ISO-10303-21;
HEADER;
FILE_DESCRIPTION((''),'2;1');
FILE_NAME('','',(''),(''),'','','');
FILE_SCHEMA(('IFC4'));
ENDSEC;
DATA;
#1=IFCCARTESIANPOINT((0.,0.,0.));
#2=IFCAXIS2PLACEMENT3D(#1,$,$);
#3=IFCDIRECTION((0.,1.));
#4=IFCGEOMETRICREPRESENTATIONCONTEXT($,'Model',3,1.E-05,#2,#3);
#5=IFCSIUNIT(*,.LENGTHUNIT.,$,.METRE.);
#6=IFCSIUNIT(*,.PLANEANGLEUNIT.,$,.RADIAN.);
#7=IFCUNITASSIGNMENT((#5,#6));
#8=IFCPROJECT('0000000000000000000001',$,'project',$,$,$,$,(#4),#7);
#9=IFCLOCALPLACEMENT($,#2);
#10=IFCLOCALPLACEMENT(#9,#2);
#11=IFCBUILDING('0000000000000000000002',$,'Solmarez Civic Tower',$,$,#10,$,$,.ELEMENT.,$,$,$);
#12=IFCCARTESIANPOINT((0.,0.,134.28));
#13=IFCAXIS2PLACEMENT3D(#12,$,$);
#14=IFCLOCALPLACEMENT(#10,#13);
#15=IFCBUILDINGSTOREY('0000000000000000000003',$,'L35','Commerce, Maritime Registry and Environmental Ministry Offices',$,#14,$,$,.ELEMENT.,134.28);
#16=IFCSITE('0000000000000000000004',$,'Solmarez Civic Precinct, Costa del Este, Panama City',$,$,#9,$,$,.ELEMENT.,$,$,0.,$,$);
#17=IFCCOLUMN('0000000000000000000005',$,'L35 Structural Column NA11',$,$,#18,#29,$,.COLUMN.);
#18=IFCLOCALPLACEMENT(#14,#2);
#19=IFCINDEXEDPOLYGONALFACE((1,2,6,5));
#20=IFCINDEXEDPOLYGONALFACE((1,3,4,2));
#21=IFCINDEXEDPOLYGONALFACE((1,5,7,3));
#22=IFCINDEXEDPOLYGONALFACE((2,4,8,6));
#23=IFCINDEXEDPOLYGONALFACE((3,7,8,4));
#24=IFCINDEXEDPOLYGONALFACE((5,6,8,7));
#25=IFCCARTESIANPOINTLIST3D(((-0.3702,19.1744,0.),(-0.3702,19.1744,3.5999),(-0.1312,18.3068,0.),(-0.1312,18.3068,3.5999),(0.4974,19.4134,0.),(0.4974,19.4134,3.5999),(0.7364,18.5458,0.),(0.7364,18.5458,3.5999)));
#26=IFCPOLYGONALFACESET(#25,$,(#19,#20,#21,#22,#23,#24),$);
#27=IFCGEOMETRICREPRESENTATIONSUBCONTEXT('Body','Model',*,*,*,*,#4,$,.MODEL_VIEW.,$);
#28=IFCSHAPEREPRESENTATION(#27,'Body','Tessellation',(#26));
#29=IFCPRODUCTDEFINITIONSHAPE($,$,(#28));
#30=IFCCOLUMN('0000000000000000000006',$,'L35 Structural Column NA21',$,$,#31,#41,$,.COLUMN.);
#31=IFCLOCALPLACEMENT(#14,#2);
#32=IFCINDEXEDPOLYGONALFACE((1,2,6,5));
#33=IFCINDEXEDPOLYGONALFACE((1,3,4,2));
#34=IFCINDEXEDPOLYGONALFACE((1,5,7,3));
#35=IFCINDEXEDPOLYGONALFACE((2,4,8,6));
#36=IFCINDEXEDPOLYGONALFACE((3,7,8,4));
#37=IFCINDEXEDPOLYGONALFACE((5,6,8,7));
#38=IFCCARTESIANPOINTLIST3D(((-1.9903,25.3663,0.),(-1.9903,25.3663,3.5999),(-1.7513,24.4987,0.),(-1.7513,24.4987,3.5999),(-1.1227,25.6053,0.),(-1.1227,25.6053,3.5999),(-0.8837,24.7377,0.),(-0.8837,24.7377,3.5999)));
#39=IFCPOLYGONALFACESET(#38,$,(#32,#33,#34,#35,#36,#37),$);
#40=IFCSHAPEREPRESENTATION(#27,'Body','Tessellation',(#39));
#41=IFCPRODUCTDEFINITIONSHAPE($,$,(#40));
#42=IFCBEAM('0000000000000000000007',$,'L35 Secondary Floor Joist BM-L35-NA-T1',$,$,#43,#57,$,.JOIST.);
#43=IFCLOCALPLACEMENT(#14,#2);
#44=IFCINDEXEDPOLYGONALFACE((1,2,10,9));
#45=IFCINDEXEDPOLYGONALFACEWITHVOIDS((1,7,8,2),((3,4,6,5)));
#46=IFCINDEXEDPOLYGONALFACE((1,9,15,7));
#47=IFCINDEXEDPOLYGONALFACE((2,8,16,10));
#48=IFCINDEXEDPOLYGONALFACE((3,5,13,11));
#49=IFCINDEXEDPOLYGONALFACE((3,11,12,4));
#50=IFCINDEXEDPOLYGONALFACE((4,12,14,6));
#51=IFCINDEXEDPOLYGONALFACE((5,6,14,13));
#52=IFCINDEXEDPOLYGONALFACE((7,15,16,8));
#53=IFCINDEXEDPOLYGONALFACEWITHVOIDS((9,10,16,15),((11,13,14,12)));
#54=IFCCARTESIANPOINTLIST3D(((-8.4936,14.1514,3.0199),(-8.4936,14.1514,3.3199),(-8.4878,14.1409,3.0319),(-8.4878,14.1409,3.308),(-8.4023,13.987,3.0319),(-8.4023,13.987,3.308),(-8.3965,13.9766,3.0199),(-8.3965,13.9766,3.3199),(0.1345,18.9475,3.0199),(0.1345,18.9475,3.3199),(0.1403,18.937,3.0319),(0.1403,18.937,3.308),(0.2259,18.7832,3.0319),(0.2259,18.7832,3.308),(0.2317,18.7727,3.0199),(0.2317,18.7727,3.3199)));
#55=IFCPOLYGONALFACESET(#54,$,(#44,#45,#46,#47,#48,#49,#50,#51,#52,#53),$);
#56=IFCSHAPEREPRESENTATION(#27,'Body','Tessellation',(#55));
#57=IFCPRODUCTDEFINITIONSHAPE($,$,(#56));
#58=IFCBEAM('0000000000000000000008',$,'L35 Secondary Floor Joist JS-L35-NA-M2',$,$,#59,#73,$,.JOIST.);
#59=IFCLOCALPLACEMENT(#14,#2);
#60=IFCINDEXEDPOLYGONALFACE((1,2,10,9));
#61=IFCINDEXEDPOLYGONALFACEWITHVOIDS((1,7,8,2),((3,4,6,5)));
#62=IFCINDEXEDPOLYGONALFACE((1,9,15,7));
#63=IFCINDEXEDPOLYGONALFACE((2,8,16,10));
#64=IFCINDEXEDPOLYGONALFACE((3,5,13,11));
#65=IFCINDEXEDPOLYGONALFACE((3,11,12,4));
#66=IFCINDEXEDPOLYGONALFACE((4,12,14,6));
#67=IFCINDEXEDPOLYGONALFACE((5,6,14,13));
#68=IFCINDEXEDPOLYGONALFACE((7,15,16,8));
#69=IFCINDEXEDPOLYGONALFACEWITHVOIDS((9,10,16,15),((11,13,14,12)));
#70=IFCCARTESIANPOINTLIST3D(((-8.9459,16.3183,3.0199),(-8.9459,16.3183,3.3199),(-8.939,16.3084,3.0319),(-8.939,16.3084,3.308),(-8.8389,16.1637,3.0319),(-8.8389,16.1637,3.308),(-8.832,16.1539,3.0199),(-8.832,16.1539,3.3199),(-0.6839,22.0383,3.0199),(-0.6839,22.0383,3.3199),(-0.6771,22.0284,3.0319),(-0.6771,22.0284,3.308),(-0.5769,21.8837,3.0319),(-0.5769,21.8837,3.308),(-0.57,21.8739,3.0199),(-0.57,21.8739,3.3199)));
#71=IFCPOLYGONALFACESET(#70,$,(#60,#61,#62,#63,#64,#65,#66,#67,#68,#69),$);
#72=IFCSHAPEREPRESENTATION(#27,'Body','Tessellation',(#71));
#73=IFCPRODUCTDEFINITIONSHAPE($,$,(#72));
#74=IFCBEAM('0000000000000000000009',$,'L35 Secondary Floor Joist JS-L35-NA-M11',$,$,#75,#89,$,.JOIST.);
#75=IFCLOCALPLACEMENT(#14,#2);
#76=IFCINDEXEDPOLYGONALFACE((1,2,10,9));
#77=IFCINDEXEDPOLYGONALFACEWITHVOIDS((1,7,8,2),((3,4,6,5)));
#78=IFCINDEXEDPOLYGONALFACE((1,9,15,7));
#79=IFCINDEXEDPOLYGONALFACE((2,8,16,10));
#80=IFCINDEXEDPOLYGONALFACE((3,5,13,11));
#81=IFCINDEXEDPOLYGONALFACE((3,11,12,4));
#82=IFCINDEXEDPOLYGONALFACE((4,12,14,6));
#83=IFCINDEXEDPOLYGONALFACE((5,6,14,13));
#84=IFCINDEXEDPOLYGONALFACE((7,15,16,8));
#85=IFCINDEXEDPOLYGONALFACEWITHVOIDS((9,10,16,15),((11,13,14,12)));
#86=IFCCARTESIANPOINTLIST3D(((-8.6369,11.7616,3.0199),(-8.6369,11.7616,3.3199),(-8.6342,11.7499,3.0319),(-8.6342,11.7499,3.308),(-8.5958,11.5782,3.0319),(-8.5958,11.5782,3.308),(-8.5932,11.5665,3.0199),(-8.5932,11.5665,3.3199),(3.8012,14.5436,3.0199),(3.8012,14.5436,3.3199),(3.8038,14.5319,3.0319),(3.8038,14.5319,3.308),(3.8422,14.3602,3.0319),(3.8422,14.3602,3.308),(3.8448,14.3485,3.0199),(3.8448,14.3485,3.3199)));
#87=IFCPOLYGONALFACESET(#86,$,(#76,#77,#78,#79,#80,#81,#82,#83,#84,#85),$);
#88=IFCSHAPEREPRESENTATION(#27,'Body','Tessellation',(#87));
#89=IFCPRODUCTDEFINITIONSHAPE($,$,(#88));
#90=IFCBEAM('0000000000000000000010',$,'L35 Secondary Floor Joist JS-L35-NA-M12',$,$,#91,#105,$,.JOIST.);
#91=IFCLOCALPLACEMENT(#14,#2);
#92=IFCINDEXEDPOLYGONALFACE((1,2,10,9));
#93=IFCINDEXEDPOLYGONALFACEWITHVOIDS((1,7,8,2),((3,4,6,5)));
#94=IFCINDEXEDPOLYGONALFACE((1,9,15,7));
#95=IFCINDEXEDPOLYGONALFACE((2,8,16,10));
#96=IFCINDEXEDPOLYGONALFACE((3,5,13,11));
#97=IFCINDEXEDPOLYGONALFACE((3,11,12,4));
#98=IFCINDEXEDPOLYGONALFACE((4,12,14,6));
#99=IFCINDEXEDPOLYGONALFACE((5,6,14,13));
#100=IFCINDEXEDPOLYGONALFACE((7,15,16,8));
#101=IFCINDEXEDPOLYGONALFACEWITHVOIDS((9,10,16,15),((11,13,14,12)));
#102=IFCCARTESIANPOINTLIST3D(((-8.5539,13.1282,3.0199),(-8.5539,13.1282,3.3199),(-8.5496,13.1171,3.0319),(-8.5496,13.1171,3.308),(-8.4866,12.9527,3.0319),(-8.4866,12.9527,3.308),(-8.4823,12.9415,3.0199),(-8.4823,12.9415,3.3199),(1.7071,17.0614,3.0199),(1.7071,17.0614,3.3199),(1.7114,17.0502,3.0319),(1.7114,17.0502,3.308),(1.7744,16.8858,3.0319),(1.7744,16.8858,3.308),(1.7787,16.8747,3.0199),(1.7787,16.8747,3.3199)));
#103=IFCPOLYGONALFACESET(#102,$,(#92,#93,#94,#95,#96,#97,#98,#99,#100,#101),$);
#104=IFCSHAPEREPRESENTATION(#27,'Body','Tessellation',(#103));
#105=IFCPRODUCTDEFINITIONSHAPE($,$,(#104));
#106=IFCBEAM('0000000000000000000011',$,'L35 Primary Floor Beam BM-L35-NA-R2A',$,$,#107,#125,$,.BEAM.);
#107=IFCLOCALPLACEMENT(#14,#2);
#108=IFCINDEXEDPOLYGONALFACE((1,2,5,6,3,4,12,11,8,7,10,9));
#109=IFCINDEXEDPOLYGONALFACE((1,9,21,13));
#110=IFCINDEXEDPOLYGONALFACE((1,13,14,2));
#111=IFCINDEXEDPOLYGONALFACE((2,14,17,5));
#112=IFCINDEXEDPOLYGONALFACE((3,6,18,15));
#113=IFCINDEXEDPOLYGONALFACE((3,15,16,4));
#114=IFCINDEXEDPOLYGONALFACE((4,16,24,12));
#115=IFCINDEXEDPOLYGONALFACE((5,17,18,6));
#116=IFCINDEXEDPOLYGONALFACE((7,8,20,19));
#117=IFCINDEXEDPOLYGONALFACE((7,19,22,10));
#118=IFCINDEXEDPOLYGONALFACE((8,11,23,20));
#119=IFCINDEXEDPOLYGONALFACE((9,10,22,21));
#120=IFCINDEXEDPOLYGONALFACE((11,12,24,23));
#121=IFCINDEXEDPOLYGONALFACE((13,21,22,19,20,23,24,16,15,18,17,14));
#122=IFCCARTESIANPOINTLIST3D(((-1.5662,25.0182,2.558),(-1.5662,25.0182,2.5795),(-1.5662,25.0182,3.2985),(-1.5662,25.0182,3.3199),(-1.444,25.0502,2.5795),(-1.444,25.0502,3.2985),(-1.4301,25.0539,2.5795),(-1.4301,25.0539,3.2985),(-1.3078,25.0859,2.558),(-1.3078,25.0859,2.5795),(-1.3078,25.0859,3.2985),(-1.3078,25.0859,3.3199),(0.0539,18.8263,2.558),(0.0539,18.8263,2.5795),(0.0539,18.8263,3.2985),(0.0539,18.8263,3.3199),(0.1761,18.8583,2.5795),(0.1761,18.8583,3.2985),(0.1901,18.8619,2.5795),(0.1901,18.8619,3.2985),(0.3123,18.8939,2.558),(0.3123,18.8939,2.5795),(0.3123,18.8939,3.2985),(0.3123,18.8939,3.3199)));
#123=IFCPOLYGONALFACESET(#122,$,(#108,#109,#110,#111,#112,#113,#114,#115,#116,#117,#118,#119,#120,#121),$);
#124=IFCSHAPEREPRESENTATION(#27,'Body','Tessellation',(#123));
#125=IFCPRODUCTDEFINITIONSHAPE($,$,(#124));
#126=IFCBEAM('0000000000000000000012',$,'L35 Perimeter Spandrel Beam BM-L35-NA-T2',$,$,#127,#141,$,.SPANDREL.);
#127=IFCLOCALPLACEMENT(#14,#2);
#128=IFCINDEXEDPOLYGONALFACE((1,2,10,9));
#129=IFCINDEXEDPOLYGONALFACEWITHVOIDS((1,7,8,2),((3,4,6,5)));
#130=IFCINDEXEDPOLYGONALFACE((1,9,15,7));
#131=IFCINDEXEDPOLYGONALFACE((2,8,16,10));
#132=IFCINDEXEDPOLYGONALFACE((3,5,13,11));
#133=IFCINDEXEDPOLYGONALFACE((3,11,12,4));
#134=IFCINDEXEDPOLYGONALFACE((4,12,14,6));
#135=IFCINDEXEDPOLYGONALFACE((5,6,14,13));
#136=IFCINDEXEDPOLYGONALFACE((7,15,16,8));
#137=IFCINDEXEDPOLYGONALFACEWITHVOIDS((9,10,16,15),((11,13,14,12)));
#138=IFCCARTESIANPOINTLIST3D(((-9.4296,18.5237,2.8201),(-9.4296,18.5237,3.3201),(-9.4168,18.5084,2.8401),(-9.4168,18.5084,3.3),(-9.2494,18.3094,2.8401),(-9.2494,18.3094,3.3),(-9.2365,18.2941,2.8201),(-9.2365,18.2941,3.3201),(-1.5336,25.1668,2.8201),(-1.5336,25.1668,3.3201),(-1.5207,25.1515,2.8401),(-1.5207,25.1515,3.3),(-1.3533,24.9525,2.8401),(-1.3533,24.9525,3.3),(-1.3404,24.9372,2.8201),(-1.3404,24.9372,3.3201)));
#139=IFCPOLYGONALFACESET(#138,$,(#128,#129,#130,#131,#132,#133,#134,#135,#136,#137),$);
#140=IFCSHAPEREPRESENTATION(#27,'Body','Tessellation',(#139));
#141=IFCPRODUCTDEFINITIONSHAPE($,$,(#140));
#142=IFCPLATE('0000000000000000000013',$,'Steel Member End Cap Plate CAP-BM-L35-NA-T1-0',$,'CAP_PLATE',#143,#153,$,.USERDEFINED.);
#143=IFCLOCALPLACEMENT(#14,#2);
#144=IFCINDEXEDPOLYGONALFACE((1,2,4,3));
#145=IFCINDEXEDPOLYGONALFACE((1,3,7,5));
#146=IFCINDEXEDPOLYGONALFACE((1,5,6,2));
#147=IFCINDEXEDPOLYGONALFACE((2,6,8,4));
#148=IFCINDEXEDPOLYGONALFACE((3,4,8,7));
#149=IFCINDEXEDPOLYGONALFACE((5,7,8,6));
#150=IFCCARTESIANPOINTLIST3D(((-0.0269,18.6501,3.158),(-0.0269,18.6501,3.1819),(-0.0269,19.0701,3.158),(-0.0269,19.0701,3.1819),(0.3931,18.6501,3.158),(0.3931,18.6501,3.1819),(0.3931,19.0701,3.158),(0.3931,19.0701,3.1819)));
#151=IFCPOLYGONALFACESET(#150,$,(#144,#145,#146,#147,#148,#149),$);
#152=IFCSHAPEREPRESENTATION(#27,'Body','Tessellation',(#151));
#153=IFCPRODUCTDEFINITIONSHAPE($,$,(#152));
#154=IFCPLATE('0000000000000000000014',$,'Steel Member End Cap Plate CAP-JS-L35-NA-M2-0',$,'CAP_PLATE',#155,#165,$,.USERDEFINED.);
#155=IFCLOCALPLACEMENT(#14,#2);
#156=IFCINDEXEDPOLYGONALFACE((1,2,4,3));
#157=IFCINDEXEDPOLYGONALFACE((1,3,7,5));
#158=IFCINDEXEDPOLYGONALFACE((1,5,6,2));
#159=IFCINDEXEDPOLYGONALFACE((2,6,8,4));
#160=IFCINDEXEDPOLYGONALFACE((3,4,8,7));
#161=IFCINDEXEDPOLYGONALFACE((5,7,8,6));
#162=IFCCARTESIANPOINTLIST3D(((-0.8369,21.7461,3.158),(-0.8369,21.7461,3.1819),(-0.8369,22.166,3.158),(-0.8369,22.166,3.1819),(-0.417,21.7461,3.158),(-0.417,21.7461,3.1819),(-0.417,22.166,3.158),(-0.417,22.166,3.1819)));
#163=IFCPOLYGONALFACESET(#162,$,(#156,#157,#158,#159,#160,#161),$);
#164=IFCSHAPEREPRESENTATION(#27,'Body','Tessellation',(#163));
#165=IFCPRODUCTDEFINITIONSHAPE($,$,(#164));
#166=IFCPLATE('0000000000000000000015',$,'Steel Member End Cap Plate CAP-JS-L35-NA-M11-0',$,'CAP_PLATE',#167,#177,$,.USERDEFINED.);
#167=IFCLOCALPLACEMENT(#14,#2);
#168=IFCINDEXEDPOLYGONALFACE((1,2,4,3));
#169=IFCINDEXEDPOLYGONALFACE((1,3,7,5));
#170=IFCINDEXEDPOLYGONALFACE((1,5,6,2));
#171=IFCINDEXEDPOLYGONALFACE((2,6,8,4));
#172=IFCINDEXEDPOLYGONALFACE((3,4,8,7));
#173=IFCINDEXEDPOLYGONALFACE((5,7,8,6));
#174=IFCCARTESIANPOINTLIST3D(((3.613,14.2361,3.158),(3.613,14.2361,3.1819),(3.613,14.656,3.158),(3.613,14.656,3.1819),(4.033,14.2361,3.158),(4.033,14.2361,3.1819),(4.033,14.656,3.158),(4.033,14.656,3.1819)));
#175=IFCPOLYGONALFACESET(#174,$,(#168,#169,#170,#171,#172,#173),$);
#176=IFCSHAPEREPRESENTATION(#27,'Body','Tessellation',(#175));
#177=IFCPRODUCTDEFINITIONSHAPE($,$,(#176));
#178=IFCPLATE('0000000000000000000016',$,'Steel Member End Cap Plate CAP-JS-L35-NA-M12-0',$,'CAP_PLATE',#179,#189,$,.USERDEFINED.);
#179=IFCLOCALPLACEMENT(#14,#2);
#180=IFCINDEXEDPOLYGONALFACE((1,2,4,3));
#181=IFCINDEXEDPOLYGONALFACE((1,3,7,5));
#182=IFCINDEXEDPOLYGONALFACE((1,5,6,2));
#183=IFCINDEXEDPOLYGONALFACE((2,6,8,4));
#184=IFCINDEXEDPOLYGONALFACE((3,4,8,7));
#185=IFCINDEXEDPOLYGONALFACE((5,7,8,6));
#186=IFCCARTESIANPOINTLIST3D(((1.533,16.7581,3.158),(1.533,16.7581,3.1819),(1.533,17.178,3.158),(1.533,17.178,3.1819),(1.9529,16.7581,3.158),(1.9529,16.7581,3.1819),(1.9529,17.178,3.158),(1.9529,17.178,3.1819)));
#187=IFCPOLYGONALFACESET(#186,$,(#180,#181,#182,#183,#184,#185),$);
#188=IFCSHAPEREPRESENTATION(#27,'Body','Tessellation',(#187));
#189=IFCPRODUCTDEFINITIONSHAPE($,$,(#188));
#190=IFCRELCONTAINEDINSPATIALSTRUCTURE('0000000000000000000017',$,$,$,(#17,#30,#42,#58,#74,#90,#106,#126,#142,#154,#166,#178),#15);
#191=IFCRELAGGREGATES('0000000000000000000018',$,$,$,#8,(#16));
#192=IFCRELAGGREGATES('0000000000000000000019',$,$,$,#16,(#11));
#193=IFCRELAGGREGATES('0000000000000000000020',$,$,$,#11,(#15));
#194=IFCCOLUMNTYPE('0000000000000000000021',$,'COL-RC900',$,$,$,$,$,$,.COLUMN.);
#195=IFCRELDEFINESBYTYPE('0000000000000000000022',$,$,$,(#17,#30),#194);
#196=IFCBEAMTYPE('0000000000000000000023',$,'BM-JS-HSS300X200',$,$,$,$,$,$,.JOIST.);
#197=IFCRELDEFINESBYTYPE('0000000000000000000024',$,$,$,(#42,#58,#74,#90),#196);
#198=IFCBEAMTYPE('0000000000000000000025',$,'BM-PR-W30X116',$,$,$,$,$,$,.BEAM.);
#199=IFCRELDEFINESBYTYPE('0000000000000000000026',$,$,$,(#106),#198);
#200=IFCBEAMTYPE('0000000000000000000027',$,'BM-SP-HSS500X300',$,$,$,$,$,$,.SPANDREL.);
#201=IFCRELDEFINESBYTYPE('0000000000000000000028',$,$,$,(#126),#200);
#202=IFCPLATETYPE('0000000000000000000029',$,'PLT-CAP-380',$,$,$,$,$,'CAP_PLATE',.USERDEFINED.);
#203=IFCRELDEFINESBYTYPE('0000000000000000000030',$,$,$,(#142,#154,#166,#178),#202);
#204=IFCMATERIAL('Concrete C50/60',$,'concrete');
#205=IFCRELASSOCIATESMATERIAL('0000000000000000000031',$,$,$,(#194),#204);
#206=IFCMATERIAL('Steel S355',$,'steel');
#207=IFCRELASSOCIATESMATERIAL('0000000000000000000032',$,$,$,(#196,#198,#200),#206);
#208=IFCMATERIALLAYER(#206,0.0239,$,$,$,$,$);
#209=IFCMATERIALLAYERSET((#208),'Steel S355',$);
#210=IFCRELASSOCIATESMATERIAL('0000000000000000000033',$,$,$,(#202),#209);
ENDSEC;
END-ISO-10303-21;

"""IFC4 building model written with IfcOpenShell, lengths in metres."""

from ifc_helpers import new_model, si_unit, direction, frame, origin, origin_2d, place, context, subcontext, project, spatial, rectangle, hollow_rectangle, i_section, extrude, material, layer, layer_set, material_profile, profile_set, type_object, element, save


model = new_model("IFC4")

# Units and contexts
model_context = context("Model", 3, precision=1e-05, world=origin(), true_north=direction((0.0, 1.0)))
body_context = subcontext(model_context, "Body", "Model", "MODEL_VIEW")
ifc_project = project(units=[si_unit("LENGTHUNIT", "METRE"), si_unit("PLANEANGLEUNIT", "RADIAN")], contexts=[model_context])

# Site, building, storey
site_placement = place(None, origin())
site = spatial("IfcSite", under=ifc_project, at=site_placement, Name="Solmarez Civic Precinct, Costa del Este, Panama City", CompositionType="ELEMENT", RefElevation=0.0)
building_placement = place(site_placement, origin())
building = spatial("IfcBuilding", under=site, at=building_placement, Name="Solmarez Civic Tower", CompositionType="ELEMENT")
storey_placement = place(building_placement, frame((0.0, 0.0, 134.28)))
storey = spatial("IfcBuildingStorey", under=building, at=storey_placement, Name="L35", Description="Commerce, Maritime Registry and Environmental Ministry Offices", CompositionType="ELEMENT", Elevation=134.28)

# Columns
ifc_material_1 = material(Name="Concrete C50/60", Category="concrete")
ifc_material_profile_1 = material_profile(ifc_material_1, rectangle(XDim=0.8999, YDim=0.8999, at=origin_2d()), Name="RC900X900")
ifc_profile_set_1 = profile_set([ifc_material_profile_1], Name="Concrete C50/60")
column_type = type_object("IfcColumnType", Name="COL-RC900", PredefinedType="COLUMN", material=ifc_profile_set_1)
for number, where, z_axis, x_axis, name in (
    (1, (0.1831, 18.8601, 0.0), (0.0, 0.0, 1.0), (0.964095, 0.265556, 0.0), "L35 Structural Column NA11"),
    (2, (-1.437, 25.052, 0.0), (0.0, 0.0, 1.0), (0.964095, 0.265556, 0.0), "L35 Structural Column NA21"),
):
    element("IfcColumn", number, at=place(storey_placement, frame(where, z_axis=z_axis, x_axis=x_axis)), inside=storey, type_object=column_type, Name=name, PredefinedType="COLUMN", context=body_context, shape_type="SweptSolid", body=[
        extrude(rectangle(XDim=0.8999, YDim=0.8999, at=origin_2d()), origin(), (0.0, 0.0, 1.0), 3.5999),
    ])

# Beams
ifc_material_2 = material(Name="Steel S355", Category="steel")
ifc_material_profile_2 = material_profile(ifc_material_2, hollow_rectangle(XDim=0.2, YDim=0.3, WallThickness=0.012, at=origin_2d()), Name="HSS300X200X12")
ifc_profile_set_2 = profile_set([ifc_material_profile_2], Name="Steel S355")
beam_type_1 = type_object("IfcBeamType", Name="BM-JS-HSS300X200", PredefinedType="JOIST", material=ifc_profile_set_2)
beam_1_placement = place(storey_placement, frame((0.1831, 18.8601, 3.1699), z_axis=(-0.874041, -0.485853, 0.0), x_axis=(0.485853, -0.874041, 0.0)))
element("IfcBeam", 3, at=beam_1_placement, inside=storey, type_object=beam_type_1, Name="L35 Secondary Floor Joist BM-L35-NA-T1", PredefinedType="JOIST", context=body_context, shape_type="SweptSolid", body=[
    extrude(hollow_rectangle(XDim=0.2, YDim=0.3, WallThickness=0.012, at=origin_2d()), origin(), (0.0, 0.0, 1.0), 9.8716),
])
beam_2_placement = place(storey_placement, frame((-0.627, 21.9561, 3.1699), z_axis=(-0.822185, -0.56922, 0.0), x_axis=(0.56922, -0.822185, 0.0)))
element("IfcBeam", 4, at=beam_2_placement, inside=storey, type_object=beam_type_1, Name="L35 Secondary Floor Joist JS-L35-NA-M2", PredefinedType="JOIST", context=body_context, shape_type="SweptSolid", body=[
    extrude(hollow_rectangle(XDim=0.2, YDim=0.3, WallThickness=0.012, at=origin_2d()), origin(), (0.0, 0.0, 1.0), 10.0488),
])
beam_3_placement = place(storey_placement, frame((3.823, 14.446, 3.1699), z_axis=(-0.975887, -0.218275, 0.0), x_axis=(0.218275, -0.975887, 0.0)))
element("IfcBeam", 5, at=beam_3_placement, inside=storey, type_object=beam_type_1, Name="L35 Secondary Floor Joist JS-L35-NA-M11", PredefinedType="JOIST", context=body_context, shape_type="SweptSolid", body=[
    extrude(hollow_rectangle(XDim=0.2, YDim=0.3, WallThickness=0.012, at=origin_2d()), origin(), (0.0, 0.0, 1.0), 12.7454),
])
beam_4_placement = place(storey_placement, frame((1.7429, 16.968, 3.1699), z_axis=(-0.933754, -0.357914, 0.0), x_axis=(0.357914, -0.933754, 0.0)))
element("IfcBeam", 6, at=beam_4_placement, inside=storey, type_object=beam_type_1, Name="L35 Secondary Floor Joist JS-L35-NA-M12", PredefinedType="JOIST", context=body_context, shape_type="SweptSolid", body=[
    extrude(hollow_rectangle(XDim=0.2, YDim=0.3, WallThickness=0.012, at=origin_2d()), origin(), (0.0, 0.0, 1.0), 10.989),
])
ifc_material_profile_3 = material_profile(ifc_material_2, i_section(OverallWidth=0.2671, OverallDepth=0.762, WebThickness=0.0144, FlangeThickness=0.0215, at=origin_2d()), Name="W30X116")
ifc_profile_set_3 = profile_set([ifc_material_profile_3], Name="Steel S355")
beam_type_2 = type_object("IfcBeamType", Name="BM-PR-W30X116", PredefinedType="BEAM", material=ifc_profile_set_3)
beam_5_placement = place(storey_placement, frame((0.1831, 18.8601, 2.939), z_axis=(-0.25313, 0.967432, 0.0), x_axis=(-0.967432, -0.25313, 0.0)))
element("IfcBeam", 7, at=beam_5_placement, inside=storey, type_object=beam_type_2, Name="L35 Primary Floor Beam BM-L35-NA-R2A", PredefinedType="BEAM", context=body_context, shape_type="SweptSolid", body=[
    extrude(i_section(OverallWidth=0.2671, OverallDepth=0.762, WebThickness=0.0144, FlangeThickness=0.0215, at=origin_2d()), origin(), (0.0, 0.0, 1.0), 6.4004),
])
ifc_material_profile_4 = material_profile(ifc_material_2, hollow_rectangle(XDim=0.3, YDim=0.5, WallThickness=0.02, at=origin_2d()), Name="HSS500X300X20")
ifc_profile_set_4 = profile_set([ifc_material_profile_4], Name="Steel S355")
beam_type_3 = type_object("IfcBeamType", Name="BM-SP-HSS500X300", PredefinedType="SPANDREL", material=ifc_profile_set_4)
beam_6_placement = place(storey_placement, frame((-1.437, 25.052, 3.0701), z_axis=(-0.765207, -0.643784, 0.0), x_axis=(0.643784, -0.765207, 0.0)))
element("IfcBeam", 8, at=beam_6_placement, inside=storey, type_object=beam_type_3, Name="L35 Perimeter Spandrel Beam BM-L35-NA-T2", PredefinedType="SPANDREL", context=body_context, shape_type="SweptSolid", body=[
    extrude(hollow_rectangle(XDim=0.3, YDim=0.5, WallThickness=0.02, at=origin_2d()), origin(), (0.0, 0.0, 1.0), 10.3188),
])

# Plates
ifc_layer_1 = layer(ifc_material_2, 0.0239)
ifc_layer_set_1 = layer_set([ifc_layer_1], Name="Steel S355")
plate_type_1 = type_object("IfcPlateType", Name="PLT-CAP-380", ElementType="CAP_PLATE", PredefinedType="USERDEFINED", material=ifc_layer_set_1)
for number, where, z_axis, x_axis, name in (
    (9, (0.1831, 18.8601, 3.158), (0.0, 0.0, 1.0), (1.0, 0.0, 0.0), "Steel Member End Cap Plate CAP-BM-L35-NA-T1-0"),
    (10, (-0.627, 21.9561, 3.158), (0.0, 0.0, 1.0), (1.0, 0.0, 0.0), "Steel Member End Cap Plate CAP-JS-L35-NA-M2-0"),
    (11, (3.823, 14.446, 3.158), (0.0, 0.0, 1.0), (1.0, 0.0, 0.0), "Steel Member End Cap Plate CAP-JS-L35-NA-M11-0"),
    (12, (1.7429, 16.968, 3.158), (0.0, 0.0, 1.0), (1.0, 0.0, 0.0), "Steel Member End Cap Plate CAP-JS-L35-NA-M12-0"),
):
    element("IfcPlate", number, at=place(storey_placement, frame(where, z_axis=z_axis, x_axis=x_axis)), inside=storey, type_object=plate_type_1, Name=name, ObjectType="CAP_PLATE", PredefinedType="USERDEFINED", context=body_context, shape_type="SweptSolid", body=[
        extrude(rectangle(XDim=0.4199, YDim=0.4199, at=origin_2d()), origin(), (0.0, 0.0, 1.0), 0.0239),
    ])

save(model, "model.ifc")
